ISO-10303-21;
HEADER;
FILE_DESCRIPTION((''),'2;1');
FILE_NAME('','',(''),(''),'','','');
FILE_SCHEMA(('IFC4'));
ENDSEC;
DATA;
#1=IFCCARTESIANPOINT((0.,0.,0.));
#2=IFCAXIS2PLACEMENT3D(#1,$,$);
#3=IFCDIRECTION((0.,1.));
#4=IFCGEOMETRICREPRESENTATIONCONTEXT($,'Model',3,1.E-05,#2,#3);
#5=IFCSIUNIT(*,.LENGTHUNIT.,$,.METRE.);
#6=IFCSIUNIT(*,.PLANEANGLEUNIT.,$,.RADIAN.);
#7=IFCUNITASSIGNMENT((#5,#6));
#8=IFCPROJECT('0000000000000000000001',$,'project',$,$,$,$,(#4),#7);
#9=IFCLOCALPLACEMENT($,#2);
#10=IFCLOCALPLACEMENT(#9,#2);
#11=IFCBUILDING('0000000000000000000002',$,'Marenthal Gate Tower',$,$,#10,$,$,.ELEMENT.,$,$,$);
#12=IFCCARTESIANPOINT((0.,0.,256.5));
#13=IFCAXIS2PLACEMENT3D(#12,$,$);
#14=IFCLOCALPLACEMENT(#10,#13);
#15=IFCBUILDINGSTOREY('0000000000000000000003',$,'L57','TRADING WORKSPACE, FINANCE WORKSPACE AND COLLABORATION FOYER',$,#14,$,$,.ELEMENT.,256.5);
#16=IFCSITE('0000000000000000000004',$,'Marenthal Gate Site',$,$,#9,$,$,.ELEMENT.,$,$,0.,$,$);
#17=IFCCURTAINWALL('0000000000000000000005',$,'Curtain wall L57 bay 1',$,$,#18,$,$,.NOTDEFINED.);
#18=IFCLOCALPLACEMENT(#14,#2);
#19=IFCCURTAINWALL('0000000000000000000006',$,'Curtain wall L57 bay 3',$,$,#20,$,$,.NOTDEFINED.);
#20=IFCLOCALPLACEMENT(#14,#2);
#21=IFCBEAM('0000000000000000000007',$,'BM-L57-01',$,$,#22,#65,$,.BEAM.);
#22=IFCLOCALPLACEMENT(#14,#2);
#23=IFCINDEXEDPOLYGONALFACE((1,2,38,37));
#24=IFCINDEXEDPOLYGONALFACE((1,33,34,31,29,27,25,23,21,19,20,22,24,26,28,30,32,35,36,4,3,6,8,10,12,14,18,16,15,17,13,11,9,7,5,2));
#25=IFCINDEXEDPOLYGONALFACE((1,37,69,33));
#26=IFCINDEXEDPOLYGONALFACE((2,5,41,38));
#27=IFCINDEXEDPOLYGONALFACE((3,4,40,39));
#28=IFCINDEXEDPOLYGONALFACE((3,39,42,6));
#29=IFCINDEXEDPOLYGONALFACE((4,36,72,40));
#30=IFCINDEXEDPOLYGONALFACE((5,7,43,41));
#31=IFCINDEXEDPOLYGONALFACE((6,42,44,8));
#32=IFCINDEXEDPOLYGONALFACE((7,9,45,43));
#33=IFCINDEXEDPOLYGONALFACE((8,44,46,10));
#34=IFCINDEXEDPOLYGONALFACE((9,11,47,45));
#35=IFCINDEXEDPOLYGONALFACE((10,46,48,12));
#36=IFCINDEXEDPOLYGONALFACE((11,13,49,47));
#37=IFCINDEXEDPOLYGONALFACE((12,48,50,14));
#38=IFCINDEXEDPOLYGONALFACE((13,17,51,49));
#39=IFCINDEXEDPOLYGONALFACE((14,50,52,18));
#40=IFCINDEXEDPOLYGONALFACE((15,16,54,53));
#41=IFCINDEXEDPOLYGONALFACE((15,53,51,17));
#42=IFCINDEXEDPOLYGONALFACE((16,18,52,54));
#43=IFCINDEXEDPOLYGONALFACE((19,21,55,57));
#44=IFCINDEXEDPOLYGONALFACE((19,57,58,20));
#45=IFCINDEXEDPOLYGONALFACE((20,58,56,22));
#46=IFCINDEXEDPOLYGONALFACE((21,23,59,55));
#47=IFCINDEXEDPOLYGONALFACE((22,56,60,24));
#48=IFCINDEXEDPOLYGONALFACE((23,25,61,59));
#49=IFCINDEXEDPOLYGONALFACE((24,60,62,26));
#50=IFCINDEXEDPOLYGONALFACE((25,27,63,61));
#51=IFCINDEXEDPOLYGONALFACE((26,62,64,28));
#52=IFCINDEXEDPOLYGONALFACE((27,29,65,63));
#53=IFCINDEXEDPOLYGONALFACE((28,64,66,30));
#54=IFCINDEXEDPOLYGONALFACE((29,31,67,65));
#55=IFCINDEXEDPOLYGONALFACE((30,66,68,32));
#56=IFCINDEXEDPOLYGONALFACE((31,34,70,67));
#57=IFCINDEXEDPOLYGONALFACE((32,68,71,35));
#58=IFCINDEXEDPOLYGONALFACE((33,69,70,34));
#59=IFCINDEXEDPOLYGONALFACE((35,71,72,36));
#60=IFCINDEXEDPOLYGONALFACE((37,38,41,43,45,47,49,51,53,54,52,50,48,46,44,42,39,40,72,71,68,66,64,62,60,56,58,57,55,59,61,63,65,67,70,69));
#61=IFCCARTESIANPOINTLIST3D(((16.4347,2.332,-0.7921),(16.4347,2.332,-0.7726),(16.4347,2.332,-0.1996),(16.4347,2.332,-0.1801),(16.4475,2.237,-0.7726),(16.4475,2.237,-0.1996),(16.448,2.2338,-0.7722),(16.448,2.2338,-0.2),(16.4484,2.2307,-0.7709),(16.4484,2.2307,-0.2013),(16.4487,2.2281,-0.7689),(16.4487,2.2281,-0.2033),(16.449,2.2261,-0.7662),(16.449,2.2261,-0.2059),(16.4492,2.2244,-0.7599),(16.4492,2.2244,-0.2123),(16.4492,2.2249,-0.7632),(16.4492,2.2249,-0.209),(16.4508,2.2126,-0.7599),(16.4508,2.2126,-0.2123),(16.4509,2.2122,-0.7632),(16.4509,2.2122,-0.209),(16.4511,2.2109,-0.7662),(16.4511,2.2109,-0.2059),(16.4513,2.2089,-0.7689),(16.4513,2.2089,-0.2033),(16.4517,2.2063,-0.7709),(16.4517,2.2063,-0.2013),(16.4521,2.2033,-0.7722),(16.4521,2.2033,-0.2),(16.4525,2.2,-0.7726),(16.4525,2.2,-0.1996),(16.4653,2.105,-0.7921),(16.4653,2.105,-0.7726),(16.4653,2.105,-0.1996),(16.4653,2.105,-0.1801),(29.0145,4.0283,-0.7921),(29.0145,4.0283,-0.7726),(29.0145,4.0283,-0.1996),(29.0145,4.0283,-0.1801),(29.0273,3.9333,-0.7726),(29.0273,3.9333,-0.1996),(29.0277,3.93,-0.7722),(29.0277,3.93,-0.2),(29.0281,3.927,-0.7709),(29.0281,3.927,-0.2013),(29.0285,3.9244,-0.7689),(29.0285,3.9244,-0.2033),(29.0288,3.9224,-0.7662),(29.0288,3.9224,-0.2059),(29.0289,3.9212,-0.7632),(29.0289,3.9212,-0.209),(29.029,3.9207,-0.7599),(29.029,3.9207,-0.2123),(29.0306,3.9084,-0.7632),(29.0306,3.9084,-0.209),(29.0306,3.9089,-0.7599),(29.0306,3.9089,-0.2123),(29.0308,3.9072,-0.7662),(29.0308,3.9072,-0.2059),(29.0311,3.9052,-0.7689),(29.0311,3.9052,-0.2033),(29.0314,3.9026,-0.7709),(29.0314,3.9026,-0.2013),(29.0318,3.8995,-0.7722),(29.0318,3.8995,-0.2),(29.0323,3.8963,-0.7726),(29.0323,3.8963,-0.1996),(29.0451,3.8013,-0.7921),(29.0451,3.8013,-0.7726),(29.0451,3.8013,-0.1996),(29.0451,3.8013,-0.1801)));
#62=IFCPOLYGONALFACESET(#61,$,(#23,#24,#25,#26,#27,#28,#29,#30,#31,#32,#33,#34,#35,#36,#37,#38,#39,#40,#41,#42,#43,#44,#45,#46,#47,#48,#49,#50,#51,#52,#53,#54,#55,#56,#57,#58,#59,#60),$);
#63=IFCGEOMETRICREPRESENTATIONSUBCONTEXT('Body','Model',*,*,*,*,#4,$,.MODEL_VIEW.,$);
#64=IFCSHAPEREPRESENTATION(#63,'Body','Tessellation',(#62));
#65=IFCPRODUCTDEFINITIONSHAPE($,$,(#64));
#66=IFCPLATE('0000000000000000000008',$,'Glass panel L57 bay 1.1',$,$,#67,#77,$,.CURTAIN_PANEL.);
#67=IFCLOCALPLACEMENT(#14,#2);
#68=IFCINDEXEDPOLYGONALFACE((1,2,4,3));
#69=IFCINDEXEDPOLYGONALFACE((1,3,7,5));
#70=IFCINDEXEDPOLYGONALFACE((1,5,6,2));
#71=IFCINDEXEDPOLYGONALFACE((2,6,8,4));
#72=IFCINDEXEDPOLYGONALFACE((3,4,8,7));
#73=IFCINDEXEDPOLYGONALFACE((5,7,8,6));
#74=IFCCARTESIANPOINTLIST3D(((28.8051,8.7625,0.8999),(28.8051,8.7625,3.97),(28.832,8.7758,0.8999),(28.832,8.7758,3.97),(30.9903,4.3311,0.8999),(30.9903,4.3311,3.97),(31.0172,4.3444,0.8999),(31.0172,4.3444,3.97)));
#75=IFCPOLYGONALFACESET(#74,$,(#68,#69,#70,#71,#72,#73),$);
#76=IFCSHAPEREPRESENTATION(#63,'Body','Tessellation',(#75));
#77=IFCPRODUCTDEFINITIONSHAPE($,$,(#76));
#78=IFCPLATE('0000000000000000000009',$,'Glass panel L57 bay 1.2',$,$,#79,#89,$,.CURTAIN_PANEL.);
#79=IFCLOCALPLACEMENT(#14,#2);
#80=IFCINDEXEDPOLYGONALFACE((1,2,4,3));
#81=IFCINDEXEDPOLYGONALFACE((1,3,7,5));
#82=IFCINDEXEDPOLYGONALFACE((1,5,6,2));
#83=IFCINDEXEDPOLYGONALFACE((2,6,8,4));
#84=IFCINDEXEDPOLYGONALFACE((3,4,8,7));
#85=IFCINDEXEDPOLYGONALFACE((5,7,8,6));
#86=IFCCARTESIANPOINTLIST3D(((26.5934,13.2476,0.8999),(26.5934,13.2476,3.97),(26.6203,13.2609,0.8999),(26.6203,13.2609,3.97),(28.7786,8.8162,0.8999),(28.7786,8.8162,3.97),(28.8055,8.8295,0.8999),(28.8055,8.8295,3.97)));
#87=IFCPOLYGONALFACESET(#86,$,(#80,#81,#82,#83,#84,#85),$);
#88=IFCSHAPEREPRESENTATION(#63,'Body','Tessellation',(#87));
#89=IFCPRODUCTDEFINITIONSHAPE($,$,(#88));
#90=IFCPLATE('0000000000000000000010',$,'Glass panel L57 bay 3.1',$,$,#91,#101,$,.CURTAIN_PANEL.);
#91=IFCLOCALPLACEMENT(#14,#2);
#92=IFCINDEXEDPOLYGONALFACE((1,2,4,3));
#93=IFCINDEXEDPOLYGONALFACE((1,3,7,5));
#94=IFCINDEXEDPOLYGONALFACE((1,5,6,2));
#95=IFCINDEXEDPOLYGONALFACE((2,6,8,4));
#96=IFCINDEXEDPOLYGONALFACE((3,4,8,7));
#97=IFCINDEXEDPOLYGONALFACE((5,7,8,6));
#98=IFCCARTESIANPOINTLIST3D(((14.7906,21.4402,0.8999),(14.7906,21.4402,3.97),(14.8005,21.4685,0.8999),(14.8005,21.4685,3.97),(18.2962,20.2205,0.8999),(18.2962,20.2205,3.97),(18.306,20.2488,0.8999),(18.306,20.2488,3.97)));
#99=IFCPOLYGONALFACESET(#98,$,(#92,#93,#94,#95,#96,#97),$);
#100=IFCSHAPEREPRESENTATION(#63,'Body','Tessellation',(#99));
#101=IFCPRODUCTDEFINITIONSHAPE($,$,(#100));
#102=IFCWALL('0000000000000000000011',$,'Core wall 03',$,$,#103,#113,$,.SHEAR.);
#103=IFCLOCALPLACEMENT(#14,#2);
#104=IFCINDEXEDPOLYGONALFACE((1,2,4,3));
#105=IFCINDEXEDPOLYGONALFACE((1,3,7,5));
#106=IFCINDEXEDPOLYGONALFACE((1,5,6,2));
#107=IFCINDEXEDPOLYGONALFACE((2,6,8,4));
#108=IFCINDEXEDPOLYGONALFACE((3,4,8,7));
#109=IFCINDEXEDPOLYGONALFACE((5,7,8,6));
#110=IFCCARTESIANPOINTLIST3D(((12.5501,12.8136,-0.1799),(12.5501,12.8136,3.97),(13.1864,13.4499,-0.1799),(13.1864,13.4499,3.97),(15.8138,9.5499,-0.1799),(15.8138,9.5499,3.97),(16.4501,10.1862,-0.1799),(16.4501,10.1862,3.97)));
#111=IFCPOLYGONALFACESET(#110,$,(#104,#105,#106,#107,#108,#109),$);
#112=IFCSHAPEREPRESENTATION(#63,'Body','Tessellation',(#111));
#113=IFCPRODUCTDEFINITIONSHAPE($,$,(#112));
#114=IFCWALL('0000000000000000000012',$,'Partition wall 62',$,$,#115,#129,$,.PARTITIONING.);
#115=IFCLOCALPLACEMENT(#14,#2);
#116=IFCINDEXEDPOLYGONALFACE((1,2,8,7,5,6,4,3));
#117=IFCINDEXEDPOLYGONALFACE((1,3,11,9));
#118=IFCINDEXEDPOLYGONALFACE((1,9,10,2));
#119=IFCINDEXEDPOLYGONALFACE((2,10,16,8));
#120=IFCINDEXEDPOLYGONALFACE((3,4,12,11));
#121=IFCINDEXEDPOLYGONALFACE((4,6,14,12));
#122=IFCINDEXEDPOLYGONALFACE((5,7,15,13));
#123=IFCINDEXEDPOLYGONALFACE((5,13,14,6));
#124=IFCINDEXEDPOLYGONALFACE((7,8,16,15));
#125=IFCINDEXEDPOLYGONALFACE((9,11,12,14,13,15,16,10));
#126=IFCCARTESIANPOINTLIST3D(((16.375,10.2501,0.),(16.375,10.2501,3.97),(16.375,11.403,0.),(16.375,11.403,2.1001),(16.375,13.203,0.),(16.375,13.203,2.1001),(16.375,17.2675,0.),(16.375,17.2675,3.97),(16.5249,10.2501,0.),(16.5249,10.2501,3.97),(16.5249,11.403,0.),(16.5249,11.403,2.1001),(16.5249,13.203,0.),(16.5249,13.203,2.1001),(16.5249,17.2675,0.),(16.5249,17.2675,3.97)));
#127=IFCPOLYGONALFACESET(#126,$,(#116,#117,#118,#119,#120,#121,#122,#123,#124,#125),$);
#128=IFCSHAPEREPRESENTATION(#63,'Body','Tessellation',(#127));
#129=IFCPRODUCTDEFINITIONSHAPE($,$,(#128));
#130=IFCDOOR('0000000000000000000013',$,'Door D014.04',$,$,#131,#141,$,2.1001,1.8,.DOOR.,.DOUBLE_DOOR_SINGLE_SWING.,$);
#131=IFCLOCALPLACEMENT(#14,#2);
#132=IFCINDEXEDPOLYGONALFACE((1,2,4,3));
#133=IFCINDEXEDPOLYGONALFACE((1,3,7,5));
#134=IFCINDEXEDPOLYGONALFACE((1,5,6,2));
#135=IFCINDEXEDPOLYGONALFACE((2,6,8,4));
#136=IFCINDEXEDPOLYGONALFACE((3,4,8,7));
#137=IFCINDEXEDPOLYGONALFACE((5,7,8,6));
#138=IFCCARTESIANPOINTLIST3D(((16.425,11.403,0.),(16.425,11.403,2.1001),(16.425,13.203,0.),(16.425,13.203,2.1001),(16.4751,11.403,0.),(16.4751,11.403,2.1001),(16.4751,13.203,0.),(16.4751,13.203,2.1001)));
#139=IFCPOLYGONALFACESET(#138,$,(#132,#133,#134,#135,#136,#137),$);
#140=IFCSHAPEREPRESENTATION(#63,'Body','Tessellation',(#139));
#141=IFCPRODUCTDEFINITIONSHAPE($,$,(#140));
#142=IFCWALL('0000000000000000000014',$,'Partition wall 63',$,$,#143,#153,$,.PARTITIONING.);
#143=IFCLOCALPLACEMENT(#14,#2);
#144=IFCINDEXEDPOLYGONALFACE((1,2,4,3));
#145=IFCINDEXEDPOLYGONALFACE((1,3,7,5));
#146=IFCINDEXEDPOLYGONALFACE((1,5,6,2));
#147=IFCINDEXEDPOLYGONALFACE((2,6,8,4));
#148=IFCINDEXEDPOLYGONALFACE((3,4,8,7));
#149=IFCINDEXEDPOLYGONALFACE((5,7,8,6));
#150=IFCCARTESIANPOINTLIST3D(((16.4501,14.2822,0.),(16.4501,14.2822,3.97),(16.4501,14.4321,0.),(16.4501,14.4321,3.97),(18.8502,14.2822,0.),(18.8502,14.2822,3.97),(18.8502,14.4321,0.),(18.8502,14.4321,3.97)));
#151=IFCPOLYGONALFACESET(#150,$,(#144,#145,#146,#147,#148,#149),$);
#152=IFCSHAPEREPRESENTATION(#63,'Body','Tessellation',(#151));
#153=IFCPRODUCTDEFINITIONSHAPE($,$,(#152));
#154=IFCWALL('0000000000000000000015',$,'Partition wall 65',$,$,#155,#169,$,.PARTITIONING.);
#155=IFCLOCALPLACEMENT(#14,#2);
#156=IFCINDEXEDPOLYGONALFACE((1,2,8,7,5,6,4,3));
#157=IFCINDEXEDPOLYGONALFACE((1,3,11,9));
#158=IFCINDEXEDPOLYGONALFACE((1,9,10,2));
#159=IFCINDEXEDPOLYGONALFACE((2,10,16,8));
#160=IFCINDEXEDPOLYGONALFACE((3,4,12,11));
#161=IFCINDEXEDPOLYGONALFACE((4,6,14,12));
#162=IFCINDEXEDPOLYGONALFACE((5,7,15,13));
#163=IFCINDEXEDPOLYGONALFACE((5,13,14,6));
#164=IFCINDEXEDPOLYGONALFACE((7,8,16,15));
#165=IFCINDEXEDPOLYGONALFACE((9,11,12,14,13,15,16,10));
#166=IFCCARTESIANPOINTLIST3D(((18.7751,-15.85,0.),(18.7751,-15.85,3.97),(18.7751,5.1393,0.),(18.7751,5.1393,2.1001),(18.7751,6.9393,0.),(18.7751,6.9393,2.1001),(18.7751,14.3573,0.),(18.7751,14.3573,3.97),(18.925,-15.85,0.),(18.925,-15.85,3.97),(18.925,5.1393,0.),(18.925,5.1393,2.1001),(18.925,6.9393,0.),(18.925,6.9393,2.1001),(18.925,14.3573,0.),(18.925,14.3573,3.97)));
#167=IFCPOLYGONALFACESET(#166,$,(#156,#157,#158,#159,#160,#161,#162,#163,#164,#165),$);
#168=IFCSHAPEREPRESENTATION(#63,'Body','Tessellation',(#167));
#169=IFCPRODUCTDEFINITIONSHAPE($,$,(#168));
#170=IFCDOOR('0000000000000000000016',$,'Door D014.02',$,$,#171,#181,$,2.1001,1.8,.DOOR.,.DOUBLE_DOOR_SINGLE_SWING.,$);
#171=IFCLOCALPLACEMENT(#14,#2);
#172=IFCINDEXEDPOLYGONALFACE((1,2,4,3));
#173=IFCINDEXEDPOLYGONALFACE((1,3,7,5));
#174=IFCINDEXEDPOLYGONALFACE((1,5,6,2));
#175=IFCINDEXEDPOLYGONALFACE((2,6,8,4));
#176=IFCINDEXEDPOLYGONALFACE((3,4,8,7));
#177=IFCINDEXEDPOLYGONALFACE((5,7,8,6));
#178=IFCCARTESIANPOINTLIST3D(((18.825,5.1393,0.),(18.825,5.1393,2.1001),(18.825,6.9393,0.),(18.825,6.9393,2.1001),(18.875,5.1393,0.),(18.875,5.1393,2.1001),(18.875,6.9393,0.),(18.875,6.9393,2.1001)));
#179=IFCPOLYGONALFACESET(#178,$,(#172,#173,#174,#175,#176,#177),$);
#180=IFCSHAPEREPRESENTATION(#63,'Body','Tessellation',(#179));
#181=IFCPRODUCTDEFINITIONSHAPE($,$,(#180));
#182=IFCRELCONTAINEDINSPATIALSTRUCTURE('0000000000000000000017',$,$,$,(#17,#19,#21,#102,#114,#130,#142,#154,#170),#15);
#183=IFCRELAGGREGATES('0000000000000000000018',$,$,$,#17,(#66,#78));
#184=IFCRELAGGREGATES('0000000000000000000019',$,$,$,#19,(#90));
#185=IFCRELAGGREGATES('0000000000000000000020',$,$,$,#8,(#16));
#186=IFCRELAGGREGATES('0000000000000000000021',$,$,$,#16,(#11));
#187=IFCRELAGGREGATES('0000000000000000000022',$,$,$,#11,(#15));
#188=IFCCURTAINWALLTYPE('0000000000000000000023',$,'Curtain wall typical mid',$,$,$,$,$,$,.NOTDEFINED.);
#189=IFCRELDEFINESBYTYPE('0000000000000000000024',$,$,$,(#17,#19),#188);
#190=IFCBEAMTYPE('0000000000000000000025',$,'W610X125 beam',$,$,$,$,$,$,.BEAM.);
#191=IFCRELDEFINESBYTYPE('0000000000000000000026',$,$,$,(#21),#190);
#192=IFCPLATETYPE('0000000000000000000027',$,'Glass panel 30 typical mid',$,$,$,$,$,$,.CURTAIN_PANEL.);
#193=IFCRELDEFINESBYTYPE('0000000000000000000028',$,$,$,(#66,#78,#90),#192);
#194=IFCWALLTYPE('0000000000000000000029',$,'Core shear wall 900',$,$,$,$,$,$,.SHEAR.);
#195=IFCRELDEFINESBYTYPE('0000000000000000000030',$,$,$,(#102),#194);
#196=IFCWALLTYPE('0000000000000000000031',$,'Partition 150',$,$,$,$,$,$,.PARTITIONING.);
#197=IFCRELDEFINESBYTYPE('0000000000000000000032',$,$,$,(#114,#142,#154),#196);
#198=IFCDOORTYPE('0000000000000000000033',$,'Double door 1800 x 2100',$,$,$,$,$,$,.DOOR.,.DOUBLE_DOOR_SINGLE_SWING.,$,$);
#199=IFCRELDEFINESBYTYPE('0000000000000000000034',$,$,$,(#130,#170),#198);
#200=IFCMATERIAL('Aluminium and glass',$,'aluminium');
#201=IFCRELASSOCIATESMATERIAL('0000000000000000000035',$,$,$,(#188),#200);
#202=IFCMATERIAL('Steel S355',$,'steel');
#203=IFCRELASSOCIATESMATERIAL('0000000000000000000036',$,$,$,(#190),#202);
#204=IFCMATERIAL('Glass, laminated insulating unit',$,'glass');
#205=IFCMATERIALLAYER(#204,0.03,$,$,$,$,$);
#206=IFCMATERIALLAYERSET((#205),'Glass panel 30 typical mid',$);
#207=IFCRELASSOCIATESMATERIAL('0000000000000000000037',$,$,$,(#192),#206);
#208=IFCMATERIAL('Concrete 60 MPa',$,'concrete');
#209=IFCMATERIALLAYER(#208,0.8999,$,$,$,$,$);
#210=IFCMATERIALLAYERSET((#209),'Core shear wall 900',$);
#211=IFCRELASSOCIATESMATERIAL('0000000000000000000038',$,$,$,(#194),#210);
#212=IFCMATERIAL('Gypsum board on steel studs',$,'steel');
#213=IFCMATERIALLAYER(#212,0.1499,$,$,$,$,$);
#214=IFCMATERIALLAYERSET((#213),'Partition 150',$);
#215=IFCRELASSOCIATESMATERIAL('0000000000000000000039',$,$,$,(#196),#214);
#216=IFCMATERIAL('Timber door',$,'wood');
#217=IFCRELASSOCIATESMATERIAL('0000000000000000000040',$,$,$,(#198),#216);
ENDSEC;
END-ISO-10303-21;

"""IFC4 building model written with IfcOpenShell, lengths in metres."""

from ifc_helpers import new_model, si_unit, direction, frame, frame_2d, origin, origin_2d, place, context, subcontext, project, spatial, rectangle, i_section, extrude, material, layer, layer_set, material_profile, profile_set, type_object, element, fill, aggregate, save


model = new_model("IFC4")

# Units and contexts
model_context = context("Model", 3, precision=1e-05, world=origin(), true_north=direction((0.0, 1.0)))
body_context = subcontext(model_context, "Body", "Model", "MODEL_VIEW")
ifc_project = project(units=[si_unit("LENGTHUNIT", "METRE"), si_unit("PLANEANGLEUNIT", "RADIAN")], contexts=[model_context])

# Site, building, storey
site_placement = place(None, origin())
site = spatial("IfcSite", under=ifc_project, at=site_placement, Name="Marenthal Gate Site", CompositionType="ELEMENT", RefElevation=0.0)
building_placement = place(site_placement, origin())
building = spatial("IfcBuilding", under=site, at=building_placement, Name="Marenthal Gate Tower", CompositionType="ELEMENT")
storey_placement = place(building_placement, frame((0.0, 0.0, 256.5)))
storey = spatial("IfcBuildingStorey", under=building, at=storey_placement, Name="L57", Description="TRADING WORKSPACE, FINANCE WORKSPACE AND COLLABORATION FOYER", CompositionType="ELEMENT", Elevation=256.5)

# Curtain walls
ifc_material_1 = material(Name="Aluminium and glass", Category="aluminium")
curtain_wall_type = type_object("IfcCurtainWallType", Name="Curtain wall typical mid", PredefinedType="NOTDEFINED", material=ifc_material_1)
curtain_wall_1_placement = place(storey_placement, origin())
curtain_wall_1 = element("IfcCurtainWall", 1, at=curtain_wall_1_placement, inside=storey, type_object=curtain_wall_type, Name="Curtain wall L57 bay 1", PredefinedType="NOTDEFINED")
curtain_wall_2_placement = place(storey_placement, origin())
curtain_wall_2 = element("IfcCurtainWall", 2, at=curtain_wall_2_placement, inside=storey, type_object=curtain_wall_type, Name="Curtain wall L57 bay 3", PredefinedType="NOTDEFINED")

# Beam
ifc_material_2 = material(Name="Steel S355", Category="steel")
ifc_material_profile_1 = material_profile(ifc_material_2, i_section(OverallWidth=0.229, OverallDepth=0.6121, WebThickness=0.012, FlangeThickness=0.0195, FilletRadius=0.0127, at=origin_2d()), Name="W610X125")
ifc_profile_set_1 = profile_set([ifc_material_profile_1], Name="Steel S355")
beam_type_1 = type_object("IfcBeamType", Name="W610X125 beam", PredefinedType="BEAM", material=ifc_profile_set_1)
beam_1_placement = place(storey_placement, frame((29.0298, 3.9148, -0.4861), z_axis=(-0.991031, -0.133633, 0.0), x_axis=(0.133633, -0.991031, 0.0)))
element("IfcBeam", 3, at=beam_1_placement, inside=storey, type_object=beam_type_1, Name="BM-L57-01", PredefinedType="BEAM", context=body_context, shape_type="SweptSolid", body=[
    extrude(i_section(OverallWidth=0.229, OverallDepth=0.6121, WebThickness=0.012, FlangeThickness=0.0195, FilletRadius=0.0127, at=origin_2d()), origin(), (0.0, 0.0, 1.0), 12.6936),
])

# Plates
ifc_material_3 = material(Name="Glass, laminated insulating unit", Category="glass")
ifc_layer_1 = layer(ifc_material_3, 0.03)
ifc_layer_set_1 = layer_set([ifc_layer_1], Name="Glass panel 30 typical mid")
plate_type = type_object("IfcPlateType", Name="Glass panel 30 typical mid", PredefinedType="CURTAIN_PANEL", material=ifc_layer_set_1)
plate_1_placement = place(storey_placement, frame((29.9111, 6.5535, 0.8999), z_axis=(0.0, 0.0, 1.0), x_axis=(-0.442269, 0.896882, 0.0)))
plate_1 = element("IfcPlate", 4, at=plate_1_placement, type_object=plate_type, Name="Glass panel L57 bay 1.1", PredefinedType="CURTAIN_PANEL", context=body_context, shape_type="SweptSolid", body=[
    extrude(rectangle(XDim=4.9409, YDim=0.03, at=origin_2d()), origin(), (0.0, 0.0, 1.0), 3.0701),
])
plate_2_placement = place(storey_placement, frame((27.6995, 11.0386, 0.8999), z_axis=(0.0, 0.0, 1.0), x_axis=(-0.442269, 0.896882, 0.0)))
plate_2 = element("IfcPlate", 5, at=plate_2_placement, type_object=plate_type, Name="Glass panel L57 bay 1.2", PredefinedType="CURTAIN_PANEL", context=body_context, shape_type="SweptSolid", body=[
    extrude(rectangle(XDim=4.9409, YDim=0.03, at=origin_2d()), origin(), (0.0, 0.0, 1.0), 3.0701),
])
aggregate(curtain_wall_1, [plate_1, plate_2])
plate_3_placement = place(storey_placement, frame((16.5483, 20.8445, 0.8999), z_axis=(0.0, 0.0, 1.0), x_axis=(-0.944465, 0.328612, 0.0)))
plate_3 = element("IfcPlate", 6, at=plate_3_placement, type_object=plate_type, Name="Glass panel L57 bay 3.1", PredefinedType="CURTAIN_PANEL", context=body_context, shape_type="SweptSolid", body=[
    extrude(rectangle(XDim=3.7117, YDim=0.03, at=origin_2d()), origin(), (0.0, 0.0, 1.0), 3.0701),
])
aggregate(curtain_wall_2, [plate_3])

# Wall
ifc_material_4 = material(Name="Concrete 60 MPa", Category="concrete")
ifc_layer_2 = layer(ifc_material_4, 0.8999)
ifc_layer_set_2 = layer_set([ifc_layer_2], Name="Core shear wall 900")
wall_type_1 = type_object("IfcWallType", Name="Core shear wall 900", PredefinedType="SHEAR", material=ifc_layer_set_2)
wall_1_placement = place(storey_placement, frame((16.1318, 9.8682, -0.1799), z_axis=(0.0, 0.0, 1.0), x_axis=(-0.707107, 0.707107, 0.0)))
element("IfcWall", 7, at=wall_1_placement, inside=storey, type_object=wall_type_1, Name="Core wall 03", PredefinedType="SHEAR", context=body_context, shape_type="SweptSolid", body=[
    extrude(rectangle(XDim=4.6155, YDim=0.8999, at=frame_2d((2.3076, 0.0))), origin(), (0.0, 0.0, 1.0), 4.1499),
])

# Wall, opening, door
ifc_material_5 = material(Name="Gypsum board on steel studs", Category="steel")
ifc_layer_3 = layer(ifc_material_5, 0.1499)
ifc_layer_set_3 = layer_set([ifc_layer_3], Name="Partition 150")
wall_type_2 = type_object("IfcWallType", Name="Partition 150", PredefinedType="PARTITIONING", material=ifc_layer_set_3)
wall_2_placement = place(storey_placement, frame((16.45, 10.25, 0.0), z_axis=(0.0, 0.0, 1.0), x_axis=(0.0, 1.0, 0.0)))
wall_2 = element("IfcWall", 8, at=wall_2_placement, inside=storey, type_object=wall_type_2, Name="Partition wall 62", PredefinedType="PARTITIONING", context=body_context, shape_type="SweptSolid", body=[
    extrude(rectangle(XDim=7.0173, YDim=0.1499, at=frame_2d((3.5088, 0.0))), origin(), (0.0, 0.0, 1.0), 3.97),
])
opening_1_placement = place(wall_2_placement, frame((1.1531, 0.0, 0.0)))
opening_1 = element("IfcOpeningElement", 9, at=opening_1_placement, cuts=wall_2, PredefinedType="OPENING", context=body_context, shape_type="SweptSolid", body=[
    extrude(rectangle(XDim=1.8, YDim=2.1001, at=frame_2d((0.8999, 1.05))), frame((0.0, 0.085, 0.0), z_axis=(0.0, -1.0, 0.0), x_axis=(1.0, 0.0, 0.0)), (0.0, 0.0, 1.0), 0.1699),
])
ifc_material_6 = material(Name="Timber door", Category="wood")
door_type_1 = type_object("IfcDoorType", Name="Double door 1800 x 2100", OperationType="DOUBLE_DOOR_SINGLE_SWING", PredefinedType="DOOR", material=ifc_material_6)
door_1_placement = place(opening_1_placement, origin())
door_1 = element("IfcDoor", 10, at=door_1_placement, inside=storey, type_object=door_type_1, Name="Door D014.04", OperationType="DOUBLE_DOOR_SINGLE_SWING", OverallHeight=2.1001, OverallWidth=1.8, PredefinedType="DOOR", context=body_context, shape_type="SweptSolid", body=[
    extrude(rectangle(XDim=1.8, YDim=2.1001, at=frame_2d((0.8999, 1.05))), frame((0.0, 0.0249, 0.0), z_axis=(0.0, -1.0, 0.0), x_axis=(1.0, 0.0, 0.0)), (0.0, 0.0, 1.0), 0.05),
])
fill(opening_1, door_1)

# Wall
wall_3_placement = place(storey_placement, frame((16.45, 14.3572, 0.0), z_axis=(0.0, 0.0, 1.0), x_axis=(1.0, 0.0, 0.0)))
element("IfcWall", 11, at=wall_3_placement, inside=storey, type_object=wall_type_2, Name="Partition wall 63", PredefinedType="PARTITIONING", context=body_context, shape_type="SweptSolid", body=[
    extrude(rectangle(XDim=2.4001, YDim=0.1499, at=frame_2d((1.2002, 0.0))), origin(), (0.0, 0.0, 1.0), 3.97),
])

# Wall, opening, door
wall_4_placement = place(storey_placement, frame((18.8501, 14.3572, 0.0), z_axis=(0.0, 0.0, 1.0), x_axis=(0.0, -1.0, 0.0)))
wall_4 = element("IfcWall", 12, at=wall_4_placement, inside=storey, type_object=wall_type_2, Name="Partition wall 65", PredefinedType="PARTITIONING", context=body_context, shape_type="SweptSolid", body=[
    extrude(rectangle(XDim=30.2073, YDim=0.1499, at=frame_2d((15.1035, 0.0))), origin(), (0.0, 0.0, 1.0), 3.97),
])
opening_2_placement = place(wall_4_placement, frame((7.418, 0.0, 0.0)))
opening_2 = element("IfcOpeningElement", 13, at=opening_2_placement, cuts=wall_4, PredefinedType="OPENING", context=body_context, shape_type="SweptSolid", body=[
    extrude(rectangle(XDim=1.8, YDim=2.1001, at=frame_2d((0.8999, 1.05))), frame((0.0, 0.085, 0.0), z_axis=(0.0, -1.0, 0.0), x_axis=(1.0, 0.0, 0.0)), (0.0, 0.0, 1.0), 0.1699),
])
door_2_placement = place(opening_2_placement, origin())
door_2 = element("IfcDoor", 14, at=door_2_placement, inside=storey, type_object=door_type_1, Name="Door D014.02", OperationType="DOUBLE_DOOR_SINGLE_SWING", OverallHeight=2.1001, OverallWidth=1.8, PredefinedType="DOOR", context=body_context, shape_type="SweptSolid", body=[
    extrude(rectangle(XDim=1.8, YDim=2.1001, at=frame_2d((0.8999, 1.05))), frame((0.0, 0.0249, 0.0), z_axis=(0.0, -1.0, 0.0), x_axis=(1.0, 0.0, 0.0)), (0.0, 0.0, 1.0), 0.05),
])
fill(opening_2, door_2)

save(model, "model.ifc")
